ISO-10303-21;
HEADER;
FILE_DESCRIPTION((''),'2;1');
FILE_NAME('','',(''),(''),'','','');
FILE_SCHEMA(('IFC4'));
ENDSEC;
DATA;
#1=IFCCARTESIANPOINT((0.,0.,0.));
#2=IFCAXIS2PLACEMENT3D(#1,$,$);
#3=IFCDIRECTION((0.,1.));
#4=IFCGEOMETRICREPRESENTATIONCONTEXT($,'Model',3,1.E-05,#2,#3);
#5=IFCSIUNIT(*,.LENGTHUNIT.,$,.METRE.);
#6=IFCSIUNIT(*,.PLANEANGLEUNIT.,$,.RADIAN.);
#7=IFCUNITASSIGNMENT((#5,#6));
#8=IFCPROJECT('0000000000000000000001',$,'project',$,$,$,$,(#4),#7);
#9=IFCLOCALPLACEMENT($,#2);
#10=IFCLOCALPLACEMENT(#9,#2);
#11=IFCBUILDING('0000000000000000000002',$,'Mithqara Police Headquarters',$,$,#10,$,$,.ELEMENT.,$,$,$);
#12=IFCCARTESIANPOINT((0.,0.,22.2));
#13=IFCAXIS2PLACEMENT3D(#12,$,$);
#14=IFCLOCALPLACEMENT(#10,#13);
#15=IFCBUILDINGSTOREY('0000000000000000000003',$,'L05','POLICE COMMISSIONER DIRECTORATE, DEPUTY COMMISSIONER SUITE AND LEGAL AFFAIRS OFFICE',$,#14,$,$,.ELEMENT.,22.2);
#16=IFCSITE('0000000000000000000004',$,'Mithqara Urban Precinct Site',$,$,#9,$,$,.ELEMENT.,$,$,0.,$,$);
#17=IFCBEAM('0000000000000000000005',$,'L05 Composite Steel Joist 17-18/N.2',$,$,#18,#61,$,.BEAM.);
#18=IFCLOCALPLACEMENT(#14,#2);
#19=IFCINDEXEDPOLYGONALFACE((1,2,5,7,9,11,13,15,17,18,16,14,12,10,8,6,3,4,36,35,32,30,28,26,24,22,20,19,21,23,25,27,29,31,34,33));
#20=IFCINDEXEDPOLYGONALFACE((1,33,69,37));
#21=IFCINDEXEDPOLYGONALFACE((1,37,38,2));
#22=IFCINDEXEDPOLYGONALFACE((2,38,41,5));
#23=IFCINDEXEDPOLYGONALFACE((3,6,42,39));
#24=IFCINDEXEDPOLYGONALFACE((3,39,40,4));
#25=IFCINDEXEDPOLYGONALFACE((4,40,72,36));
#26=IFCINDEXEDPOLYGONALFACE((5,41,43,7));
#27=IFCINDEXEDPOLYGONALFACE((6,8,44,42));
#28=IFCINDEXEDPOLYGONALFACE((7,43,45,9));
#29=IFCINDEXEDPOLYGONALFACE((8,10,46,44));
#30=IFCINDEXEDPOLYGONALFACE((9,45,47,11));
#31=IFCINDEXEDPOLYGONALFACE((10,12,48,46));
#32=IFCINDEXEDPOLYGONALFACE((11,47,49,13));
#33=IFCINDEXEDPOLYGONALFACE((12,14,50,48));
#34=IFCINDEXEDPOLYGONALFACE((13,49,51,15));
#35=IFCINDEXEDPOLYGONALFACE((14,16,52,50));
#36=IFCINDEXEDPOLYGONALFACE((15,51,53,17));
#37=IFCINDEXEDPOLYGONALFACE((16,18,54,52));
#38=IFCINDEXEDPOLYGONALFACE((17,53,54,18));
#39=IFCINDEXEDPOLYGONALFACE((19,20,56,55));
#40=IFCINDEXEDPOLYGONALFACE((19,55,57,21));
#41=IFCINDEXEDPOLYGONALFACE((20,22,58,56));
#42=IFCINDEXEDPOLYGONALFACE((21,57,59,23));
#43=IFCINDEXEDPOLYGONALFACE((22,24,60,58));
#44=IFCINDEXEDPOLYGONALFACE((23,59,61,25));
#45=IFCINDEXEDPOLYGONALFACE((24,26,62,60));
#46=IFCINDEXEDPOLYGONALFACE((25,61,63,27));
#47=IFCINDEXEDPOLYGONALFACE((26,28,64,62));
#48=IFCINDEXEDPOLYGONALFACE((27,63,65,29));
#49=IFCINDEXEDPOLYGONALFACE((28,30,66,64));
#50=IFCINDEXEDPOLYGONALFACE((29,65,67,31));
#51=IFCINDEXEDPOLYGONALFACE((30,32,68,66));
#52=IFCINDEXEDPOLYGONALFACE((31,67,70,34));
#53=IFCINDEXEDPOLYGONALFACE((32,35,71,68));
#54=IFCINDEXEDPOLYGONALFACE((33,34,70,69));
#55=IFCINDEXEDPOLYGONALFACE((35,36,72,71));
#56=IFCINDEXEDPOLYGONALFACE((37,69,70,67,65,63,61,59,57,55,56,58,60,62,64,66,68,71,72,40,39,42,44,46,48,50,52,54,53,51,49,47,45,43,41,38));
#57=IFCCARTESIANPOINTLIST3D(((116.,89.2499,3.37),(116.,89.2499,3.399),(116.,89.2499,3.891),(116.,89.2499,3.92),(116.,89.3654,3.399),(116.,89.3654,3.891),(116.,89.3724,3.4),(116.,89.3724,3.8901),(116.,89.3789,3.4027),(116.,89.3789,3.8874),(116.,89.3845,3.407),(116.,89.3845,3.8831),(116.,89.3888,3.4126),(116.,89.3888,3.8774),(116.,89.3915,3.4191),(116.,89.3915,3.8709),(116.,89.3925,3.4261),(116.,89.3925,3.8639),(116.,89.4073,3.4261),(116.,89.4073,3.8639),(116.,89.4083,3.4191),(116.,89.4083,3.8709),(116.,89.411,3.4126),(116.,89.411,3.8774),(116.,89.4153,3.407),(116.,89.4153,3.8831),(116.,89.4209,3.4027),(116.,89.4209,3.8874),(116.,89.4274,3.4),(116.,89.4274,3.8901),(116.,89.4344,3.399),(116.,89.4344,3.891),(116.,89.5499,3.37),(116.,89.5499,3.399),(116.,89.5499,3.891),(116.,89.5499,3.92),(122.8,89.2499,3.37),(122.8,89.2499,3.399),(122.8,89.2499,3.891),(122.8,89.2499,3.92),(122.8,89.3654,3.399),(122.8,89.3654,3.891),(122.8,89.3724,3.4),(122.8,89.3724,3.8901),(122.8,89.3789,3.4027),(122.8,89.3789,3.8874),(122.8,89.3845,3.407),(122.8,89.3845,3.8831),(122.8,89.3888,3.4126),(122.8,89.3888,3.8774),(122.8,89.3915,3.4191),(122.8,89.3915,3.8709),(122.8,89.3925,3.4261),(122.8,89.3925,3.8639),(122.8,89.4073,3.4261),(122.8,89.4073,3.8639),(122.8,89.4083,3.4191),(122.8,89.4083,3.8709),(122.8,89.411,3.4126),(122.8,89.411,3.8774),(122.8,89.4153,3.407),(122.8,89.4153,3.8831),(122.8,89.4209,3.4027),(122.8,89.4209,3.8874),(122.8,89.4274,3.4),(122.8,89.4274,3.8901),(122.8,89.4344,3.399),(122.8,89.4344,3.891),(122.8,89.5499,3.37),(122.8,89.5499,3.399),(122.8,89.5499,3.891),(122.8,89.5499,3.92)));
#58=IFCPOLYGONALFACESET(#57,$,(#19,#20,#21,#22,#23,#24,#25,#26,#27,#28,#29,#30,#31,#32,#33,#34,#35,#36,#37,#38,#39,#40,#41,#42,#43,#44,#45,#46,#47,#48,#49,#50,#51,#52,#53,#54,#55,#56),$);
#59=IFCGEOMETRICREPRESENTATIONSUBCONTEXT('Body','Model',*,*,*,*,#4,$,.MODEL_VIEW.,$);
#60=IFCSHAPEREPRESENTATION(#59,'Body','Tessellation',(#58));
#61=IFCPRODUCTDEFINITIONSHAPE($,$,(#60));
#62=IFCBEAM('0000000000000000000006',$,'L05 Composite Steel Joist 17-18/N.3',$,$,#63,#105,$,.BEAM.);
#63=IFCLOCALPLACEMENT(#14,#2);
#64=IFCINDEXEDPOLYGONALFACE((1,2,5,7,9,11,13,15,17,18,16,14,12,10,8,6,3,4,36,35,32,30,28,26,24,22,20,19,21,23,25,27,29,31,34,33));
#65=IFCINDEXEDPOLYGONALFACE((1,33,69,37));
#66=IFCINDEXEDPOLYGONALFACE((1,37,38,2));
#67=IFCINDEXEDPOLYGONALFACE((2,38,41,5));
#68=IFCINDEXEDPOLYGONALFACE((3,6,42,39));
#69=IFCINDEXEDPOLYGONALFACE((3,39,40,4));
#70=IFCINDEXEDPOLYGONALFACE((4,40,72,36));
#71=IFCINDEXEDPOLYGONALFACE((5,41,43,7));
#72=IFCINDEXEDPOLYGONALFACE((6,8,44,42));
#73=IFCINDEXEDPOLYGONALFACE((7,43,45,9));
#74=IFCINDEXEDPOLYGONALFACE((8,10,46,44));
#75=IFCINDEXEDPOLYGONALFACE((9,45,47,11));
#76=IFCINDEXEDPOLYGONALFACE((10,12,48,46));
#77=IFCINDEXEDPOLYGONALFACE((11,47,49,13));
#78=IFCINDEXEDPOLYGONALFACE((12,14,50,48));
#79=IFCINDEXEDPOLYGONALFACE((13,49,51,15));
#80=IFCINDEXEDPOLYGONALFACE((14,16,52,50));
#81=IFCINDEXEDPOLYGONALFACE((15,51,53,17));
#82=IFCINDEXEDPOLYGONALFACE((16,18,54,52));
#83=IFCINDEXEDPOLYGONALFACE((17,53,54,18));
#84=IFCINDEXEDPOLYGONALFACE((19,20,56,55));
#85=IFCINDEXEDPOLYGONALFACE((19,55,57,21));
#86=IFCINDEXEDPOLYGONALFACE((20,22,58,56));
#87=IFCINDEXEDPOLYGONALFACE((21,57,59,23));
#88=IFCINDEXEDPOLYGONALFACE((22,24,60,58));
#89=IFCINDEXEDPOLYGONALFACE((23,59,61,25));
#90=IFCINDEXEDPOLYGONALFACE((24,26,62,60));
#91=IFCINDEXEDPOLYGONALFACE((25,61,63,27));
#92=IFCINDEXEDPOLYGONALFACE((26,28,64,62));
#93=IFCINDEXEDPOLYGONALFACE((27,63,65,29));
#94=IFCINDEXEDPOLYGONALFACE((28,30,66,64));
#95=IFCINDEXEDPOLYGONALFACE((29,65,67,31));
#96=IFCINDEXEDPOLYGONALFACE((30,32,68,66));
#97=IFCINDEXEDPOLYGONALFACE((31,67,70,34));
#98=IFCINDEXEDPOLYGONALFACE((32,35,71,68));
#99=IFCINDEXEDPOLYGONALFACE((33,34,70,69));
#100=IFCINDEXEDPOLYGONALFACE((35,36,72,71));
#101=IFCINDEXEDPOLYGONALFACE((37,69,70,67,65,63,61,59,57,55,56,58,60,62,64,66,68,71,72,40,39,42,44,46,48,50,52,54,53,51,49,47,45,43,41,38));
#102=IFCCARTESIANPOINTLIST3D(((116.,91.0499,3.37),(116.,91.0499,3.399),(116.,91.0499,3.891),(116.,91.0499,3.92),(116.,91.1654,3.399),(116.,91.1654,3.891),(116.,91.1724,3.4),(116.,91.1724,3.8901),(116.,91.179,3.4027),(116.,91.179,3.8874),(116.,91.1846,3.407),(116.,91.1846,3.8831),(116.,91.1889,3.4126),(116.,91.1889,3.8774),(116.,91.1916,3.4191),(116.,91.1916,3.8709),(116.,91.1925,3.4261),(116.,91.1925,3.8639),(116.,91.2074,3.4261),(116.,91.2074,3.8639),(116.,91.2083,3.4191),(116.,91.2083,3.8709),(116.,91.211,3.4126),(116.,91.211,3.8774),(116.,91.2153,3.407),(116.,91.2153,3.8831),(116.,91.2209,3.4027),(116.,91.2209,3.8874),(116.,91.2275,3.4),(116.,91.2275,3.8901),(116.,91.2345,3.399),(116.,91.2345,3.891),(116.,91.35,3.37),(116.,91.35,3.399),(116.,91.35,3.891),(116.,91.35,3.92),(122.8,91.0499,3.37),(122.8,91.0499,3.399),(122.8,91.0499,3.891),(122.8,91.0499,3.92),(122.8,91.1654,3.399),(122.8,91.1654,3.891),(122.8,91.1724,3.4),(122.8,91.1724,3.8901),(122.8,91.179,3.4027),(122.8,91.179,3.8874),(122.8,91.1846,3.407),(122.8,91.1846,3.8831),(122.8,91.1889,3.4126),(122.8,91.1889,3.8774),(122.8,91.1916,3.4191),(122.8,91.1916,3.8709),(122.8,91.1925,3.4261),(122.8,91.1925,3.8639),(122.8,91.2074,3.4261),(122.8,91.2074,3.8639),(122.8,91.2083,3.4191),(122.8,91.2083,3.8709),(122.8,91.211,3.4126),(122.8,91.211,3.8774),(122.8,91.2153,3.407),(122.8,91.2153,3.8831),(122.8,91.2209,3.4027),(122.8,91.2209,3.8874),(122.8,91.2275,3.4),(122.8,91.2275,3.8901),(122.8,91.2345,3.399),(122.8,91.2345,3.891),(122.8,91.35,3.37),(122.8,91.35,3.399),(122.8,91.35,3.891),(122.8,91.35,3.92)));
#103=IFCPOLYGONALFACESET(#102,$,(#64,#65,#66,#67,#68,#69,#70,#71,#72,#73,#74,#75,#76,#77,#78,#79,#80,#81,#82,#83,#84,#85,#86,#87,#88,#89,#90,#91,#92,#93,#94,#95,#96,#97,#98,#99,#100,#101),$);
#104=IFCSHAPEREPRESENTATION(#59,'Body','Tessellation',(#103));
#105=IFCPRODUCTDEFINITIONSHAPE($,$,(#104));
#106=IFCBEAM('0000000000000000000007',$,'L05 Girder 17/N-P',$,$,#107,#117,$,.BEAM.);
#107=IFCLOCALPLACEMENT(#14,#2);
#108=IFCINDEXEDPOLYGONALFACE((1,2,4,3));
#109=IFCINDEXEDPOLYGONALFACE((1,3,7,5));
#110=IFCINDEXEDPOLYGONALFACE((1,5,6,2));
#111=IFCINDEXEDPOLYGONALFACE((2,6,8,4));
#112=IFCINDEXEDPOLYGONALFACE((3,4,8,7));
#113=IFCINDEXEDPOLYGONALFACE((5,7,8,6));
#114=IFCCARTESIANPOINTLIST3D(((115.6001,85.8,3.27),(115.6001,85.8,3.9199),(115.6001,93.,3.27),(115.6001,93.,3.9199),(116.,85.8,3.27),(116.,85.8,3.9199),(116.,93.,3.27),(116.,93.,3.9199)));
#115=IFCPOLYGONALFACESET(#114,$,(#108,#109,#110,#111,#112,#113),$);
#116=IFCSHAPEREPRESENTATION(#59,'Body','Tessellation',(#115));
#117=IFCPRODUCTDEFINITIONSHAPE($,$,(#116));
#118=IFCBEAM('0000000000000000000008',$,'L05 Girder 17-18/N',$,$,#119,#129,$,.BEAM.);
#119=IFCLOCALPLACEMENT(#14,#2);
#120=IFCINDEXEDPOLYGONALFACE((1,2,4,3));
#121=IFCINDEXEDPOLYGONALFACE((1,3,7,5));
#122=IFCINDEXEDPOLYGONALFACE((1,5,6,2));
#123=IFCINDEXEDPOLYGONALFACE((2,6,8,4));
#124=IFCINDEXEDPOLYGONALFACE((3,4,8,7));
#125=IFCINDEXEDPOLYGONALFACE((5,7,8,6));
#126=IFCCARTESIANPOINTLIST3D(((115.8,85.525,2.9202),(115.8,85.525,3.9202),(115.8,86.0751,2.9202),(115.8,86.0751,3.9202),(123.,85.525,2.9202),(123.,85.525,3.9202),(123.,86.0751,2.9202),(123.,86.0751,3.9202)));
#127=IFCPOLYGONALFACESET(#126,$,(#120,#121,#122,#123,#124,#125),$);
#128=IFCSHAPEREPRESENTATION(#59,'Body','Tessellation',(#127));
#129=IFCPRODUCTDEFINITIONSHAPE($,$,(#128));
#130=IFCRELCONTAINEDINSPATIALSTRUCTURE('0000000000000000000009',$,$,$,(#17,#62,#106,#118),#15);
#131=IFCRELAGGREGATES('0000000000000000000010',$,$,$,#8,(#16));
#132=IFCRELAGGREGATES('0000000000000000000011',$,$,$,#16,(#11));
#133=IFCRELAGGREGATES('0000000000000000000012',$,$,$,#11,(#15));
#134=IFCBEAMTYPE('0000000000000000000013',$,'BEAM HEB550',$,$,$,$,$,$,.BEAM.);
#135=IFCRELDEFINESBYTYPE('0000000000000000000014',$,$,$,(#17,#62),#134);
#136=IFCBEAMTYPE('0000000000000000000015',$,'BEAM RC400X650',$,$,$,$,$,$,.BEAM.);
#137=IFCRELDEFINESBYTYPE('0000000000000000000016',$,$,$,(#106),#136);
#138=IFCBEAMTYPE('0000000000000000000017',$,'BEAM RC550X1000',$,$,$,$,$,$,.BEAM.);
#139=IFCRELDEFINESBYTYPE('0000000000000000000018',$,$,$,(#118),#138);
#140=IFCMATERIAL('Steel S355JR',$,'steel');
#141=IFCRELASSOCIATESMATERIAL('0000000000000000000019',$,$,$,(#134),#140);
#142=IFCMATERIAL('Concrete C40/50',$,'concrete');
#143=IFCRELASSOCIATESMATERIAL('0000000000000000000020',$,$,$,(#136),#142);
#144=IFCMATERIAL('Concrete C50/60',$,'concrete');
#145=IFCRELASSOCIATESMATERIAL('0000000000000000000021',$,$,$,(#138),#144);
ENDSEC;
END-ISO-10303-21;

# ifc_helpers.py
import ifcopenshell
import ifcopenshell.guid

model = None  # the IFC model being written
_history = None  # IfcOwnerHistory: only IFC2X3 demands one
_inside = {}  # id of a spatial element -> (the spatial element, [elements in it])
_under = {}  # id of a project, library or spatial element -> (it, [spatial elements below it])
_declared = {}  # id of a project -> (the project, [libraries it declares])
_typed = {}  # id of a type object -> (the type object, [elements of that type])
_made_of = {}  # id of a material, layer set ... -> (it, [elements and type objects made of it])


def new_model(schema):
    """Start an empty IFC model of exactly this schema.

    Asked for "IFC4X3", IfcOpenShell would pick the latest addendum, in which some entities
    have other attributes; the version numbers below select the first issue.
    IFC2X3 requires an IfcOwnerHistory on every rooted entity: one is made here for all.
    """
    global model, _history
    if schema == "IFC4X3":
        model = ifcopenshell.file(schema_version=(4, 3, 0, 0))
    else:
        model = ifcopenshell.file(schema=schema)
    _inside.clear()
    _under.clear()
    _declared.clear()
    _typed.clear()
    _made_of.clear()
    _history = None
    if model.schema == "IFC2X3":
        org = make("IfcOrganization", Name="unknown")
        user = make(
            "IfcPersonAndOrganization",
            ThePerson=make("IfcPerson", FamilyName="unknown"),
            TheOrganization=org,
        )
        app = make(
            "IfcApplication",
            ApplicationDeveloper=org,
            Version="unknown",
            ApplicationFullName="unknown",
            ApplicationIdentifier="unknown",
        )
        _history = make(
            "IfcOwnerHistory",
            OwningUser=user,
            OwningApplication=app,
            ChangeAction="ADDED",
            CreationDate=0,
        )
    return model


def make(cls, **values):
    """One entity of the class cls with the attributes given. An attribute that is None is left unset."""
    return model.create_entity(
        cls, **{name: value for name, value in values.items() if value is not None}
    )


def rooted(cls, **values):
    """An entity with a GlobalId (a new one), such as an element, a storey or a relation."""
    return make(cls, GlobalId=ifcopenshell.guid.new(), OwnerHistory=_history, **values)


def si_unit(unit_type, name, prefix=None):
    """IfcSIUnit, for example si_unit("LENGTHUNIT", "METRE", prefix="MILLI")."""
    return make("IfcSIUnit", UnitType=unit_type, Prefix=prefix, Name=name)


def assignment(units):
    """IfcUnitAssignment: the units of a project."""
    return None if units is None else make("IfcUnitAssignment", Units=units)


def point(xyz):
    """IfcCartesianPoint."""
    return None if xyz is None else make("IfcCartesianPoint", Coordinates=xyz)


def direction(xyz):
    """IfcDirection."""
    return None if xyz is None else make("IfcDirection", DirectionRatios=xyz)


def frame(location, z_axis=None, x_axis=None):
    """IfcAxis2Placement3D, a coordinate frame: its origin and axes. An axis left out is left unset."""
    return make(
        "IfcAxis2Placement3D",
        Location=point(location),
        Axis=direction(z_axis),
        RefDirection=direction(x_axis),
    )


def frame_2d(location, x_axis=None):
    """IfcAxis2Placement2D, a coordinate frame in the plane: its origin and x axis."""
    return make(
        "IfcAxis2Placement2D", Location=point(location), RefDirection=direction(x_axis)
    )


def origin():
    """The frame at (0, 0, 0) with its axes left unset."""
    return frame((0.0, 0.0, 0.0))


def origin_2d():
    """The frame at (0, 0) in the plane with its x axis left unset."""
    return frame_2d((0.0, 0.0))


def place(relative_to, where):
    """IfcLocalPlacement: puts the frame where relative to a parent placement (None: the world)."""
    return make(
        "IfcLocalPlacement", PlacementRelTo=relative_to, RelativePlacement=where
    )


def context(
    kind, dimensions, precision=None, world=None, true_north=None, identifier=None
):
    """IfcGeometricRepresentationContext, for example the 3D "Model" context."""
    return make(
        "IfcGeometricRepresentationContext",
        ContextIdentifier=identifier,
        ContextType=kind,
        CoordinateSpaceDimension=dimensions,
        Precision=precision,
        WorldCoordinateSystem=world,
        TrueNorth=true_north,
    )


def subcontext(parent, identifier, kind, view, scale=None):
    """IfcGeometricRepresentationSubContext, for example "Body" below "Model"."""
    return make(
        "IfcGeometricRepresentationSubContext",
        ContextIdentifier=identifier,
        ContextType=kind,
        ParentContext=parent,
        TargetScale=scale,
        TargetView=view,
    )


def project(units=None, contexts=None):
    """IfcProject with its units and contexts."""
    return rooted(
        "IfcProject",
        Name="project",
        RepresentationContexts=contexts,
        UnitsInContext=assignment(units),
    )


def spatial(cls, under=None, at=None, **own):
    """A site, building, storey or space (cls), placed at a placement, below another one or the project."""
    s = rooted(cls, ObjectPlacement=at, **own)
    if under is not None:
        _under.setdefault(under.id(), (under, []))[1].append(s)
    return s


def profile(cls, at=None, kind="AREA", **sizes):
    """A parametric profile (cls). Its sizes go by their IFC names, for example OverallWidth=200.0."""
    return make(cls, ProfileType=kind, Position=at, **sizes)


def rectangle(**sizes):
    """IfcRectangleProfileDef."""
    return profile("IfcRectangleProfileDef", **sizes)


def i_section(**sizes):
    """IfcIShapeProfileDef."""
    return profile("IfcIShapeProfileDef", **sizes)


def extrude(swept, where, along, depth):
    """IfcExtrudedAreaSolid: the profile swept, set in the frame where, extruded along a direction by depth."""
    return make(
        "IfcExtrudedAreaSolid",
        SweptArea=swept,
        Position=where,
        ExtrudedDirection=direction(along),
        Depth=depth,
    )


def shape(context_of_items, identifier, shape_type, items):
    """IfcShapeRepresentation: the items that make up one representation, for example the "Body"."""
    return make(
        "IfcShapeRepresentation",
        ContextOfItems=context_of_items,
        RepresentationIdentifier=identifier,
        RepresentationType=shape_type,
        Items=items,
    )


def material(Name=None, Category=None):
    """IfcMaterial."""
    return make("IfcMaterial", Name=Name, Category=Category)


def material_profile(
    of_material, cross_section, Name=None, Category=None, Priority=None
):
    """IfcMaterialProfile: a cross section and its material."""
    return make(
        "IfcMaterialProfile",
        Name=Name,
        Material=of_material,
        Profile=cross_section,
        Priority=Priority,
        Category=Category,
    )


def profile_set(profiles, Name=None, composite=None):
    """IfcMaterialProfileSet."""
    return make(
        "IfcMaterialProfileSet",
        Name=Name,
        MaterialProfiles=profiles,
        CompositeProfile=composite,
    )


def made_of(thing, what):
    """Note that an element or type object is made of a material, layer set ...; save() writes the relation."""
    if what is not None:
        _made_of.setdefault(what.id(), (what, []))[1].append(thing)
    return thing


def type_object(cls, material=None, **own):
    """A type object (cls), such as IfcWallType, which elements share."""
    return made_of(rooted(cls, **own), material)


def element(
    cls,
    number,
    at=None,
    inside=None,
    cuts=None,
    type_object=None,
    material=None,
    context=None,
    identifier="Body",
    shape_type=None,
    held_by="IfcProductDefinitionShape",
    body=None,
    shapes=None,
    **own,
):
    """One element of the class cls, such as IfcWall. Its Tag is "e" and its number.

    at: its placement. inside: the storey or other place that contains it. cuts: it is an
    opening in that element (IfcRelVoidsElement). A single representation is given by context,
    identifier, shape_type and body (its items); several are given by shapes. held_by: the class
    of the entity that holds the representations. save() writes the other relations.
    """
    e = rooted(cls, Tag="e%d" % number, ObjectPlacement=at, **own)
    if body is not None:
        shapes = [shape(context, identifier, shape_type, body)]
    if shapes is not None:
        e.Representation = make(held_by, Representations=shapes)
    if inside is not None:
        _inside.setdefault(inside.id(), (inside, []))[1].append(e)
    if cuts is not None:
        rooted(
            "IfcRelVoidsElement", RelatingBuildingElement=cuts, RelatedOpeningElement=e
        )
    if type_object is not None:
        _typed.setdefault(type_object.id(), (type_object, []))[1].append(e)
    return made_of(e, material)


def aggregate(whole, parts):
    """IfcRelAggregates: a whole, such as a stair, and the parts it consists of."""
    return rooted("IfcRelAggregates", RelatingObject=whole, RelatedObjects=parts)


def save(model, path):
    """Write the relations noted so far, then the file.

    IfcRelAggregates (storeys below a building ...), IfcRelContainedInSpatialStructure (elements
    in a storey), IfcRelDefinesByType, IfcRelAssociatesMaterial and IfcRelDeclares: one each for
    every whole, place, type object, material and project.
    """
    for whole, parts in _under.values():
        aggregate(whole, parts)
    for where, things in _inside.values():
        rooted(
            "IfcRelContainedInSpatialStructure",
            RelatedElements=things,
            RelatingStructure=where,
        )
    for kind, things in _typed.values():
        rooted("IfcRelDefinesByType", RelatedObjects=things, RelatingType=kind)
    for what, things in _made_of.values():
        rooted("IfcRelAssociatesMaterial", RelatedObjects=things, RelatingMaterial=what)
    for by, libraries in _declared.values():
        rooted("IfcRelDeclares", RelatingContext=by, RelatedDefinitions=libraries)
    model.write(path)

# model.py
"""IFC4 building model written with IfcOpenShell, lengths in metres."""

from ifc_helpers import new_model, si_unit, direction, frame, origin, origin_2d, place, context, subcontext, project, spatial, rectangle, i_section, extrude, material, material_profile, profile_set, type_object, element, save


model = new_model("IFC4")

# Units and contexts
model_context = context("Model", 3, precision=1e-05, world=origin(), true_north=direction((0.0, 1.0)))
body_context = subcontext(model_context, "Body", "Model", "MODEL_VIEW")
ifc_project = project(units=[si_unit("LENGTHUNIT", "METRE"), si_unit("PLANEANGLEUNIT", "RADIAN")], contexts=[model_context])

# Site, building, storey
site_placement = place(None, origin())
site = spatial("IfcSite", under=ifc_project, at=site_placement, Name="Mithqara Urban Precinct Site", CompositionType="ELEMENT", RefElevation=0.0)
building_placement = place(site_placement, origin())
building = spatial("IfcBuilding", under=site, at=building_placement, Name="Mithqara Police Headquarters", CompositionType="ELEMENT")
storey_placement = place(building_placement, frame((0.0, 0.0, 22.2)))
storey = spatial("IfcBuildingStorey", under=building, at=storey_placement, Name="L05", Description="POLICE COMMISSIONER DIRECTORATE, DEPUTY COMMISSIONER SUITE AND LEGAL AFFAIRS OFFICE", CompositionType="ELEMENT", Elevation=22.2)

# Shared definitions
ifc_material_1 = material(Name="Concrete C50/60", Category="concrete")

# Beams
ifc_material_2 = material(Name="Steel S355JR", Category="steel")
ifc_material_profile_1 = material_profile(ifc_material_2, i_section(OverallWidth=0.3, OverallDepth=0.55, WebThickness=0.0149, FlangeThickness=0.0291, FilletRadius=0.0271, at=origin_2d()), Name="HEB 550")
ifc_profile_set_1 = profile_set([ifc_material_profile_1], Name="Steel S355JR")
beam_type_1 = type_object("IfcBeamType", Name="BEAM HEB550", PredefinedType="BEAM", material=ifc_profile_set_1)
for number, where, z_axis, x_axis, name in (
    (1, (116.0, 89.3999, 3.645), (1.0, 0.0, 0.0), (0.0, 1.0, 0.0), "L05 Composite Steel Joist 17-18/N.2"),
    (2, (116.0, 91.2, 3.645), (1.0, 0.0, 0.0), (0.0, 1.0, 0.0), "L05 Composite Steel Joist 17-18/N.3"),
):
    element("IfcBeam", number, at=place(storey_placement, frame(where, z_axis=z_axis, x_axis=x_axis)), inside=storey, type_object=beam_type_1, Name=name, PredefinedType="BEAM", context=body_context, shape_type="SweptSolid", body=[
        extrude(i_section(OverallWidth=0.3, OverallDepth=0.55, WebThickness=0.0149, FlangeThickness=0.0291, FilletRadius=0.0271, at=origin_2d()), origin(), (0.0, 0.0, 1.0), 6.8),
    ])
ifc_material_3 = material(Name="Concrete C40/50", Category="concrete")
ifc_material_profile_2 = material_profile(ifc_material_3, rectangle(XDim=0.3999, YDim=0.6499, at=origin_2d()), Name="RC 400x650")
ifc_profile_set_2 = profile_set([ifc_material_profile_2], Name="Concrete C40/50")
beam_type_2 = type_object("IfcBeamType", Name="BEAM RC400X650", PredefinedType="BEAM", material=ifc_profile_set_2)
beam_1_placement = place(storey_placement, frame((115.8, 85.8, 3.595), z_axis=(0.0, 1.0, 0.0), x_axis=(-1.0, 0.0, 0.0)))
element("IfcBeam", 3, at=beam_1_placement, inside=storey, type_object=beam_type_2, Name="L05 Girder 17/N-P", PredefinedType="BEAM", context=body_context, shape_type="SweptSolid", body=[
    extrude(rectangle(XDim=0.3999, YDim=0.6499, at=origin_2d()), origin(), (0.0, 0.0, 1.0), 7.2),
])
ifc_material_profile_3 = material_profile(ifc_material_1, rectangle(XDim=0.55, YDim=1.0, at=origin_2d()), Name="RC 550x1000")
ifc_profile_set_3 = profile_set([ifc_material_profile_3], Name="Concrete C50/60")
beam_type_3 = type_object("IfcBeamType", Name="BEAM RC550X1000", PredefinedType="BEAM", material=ifc_profile_set_3)
beam_2_placement = place(storey_placement, frame((115.8, 85.8, 3.4202), z_axis=(1.0, 0.0, 0.0), x_axis=(0.0, 1.0, 0.0)))
element("IfcBeam", 4, at=beam_2_placement, inside=storey, type_object=beam_type_3, Name="L05 Girder 17-18/N", PredefinedType="BEAM", context=body_context, shape_type="SweptSolid", body=[
    extrude(rectangle(XDim=0.55, YDim=1.0, at=origin_2d()), origin(), (0.0, 0.0, 1.0), 7.2),
])

save(model, "model.ifc")
